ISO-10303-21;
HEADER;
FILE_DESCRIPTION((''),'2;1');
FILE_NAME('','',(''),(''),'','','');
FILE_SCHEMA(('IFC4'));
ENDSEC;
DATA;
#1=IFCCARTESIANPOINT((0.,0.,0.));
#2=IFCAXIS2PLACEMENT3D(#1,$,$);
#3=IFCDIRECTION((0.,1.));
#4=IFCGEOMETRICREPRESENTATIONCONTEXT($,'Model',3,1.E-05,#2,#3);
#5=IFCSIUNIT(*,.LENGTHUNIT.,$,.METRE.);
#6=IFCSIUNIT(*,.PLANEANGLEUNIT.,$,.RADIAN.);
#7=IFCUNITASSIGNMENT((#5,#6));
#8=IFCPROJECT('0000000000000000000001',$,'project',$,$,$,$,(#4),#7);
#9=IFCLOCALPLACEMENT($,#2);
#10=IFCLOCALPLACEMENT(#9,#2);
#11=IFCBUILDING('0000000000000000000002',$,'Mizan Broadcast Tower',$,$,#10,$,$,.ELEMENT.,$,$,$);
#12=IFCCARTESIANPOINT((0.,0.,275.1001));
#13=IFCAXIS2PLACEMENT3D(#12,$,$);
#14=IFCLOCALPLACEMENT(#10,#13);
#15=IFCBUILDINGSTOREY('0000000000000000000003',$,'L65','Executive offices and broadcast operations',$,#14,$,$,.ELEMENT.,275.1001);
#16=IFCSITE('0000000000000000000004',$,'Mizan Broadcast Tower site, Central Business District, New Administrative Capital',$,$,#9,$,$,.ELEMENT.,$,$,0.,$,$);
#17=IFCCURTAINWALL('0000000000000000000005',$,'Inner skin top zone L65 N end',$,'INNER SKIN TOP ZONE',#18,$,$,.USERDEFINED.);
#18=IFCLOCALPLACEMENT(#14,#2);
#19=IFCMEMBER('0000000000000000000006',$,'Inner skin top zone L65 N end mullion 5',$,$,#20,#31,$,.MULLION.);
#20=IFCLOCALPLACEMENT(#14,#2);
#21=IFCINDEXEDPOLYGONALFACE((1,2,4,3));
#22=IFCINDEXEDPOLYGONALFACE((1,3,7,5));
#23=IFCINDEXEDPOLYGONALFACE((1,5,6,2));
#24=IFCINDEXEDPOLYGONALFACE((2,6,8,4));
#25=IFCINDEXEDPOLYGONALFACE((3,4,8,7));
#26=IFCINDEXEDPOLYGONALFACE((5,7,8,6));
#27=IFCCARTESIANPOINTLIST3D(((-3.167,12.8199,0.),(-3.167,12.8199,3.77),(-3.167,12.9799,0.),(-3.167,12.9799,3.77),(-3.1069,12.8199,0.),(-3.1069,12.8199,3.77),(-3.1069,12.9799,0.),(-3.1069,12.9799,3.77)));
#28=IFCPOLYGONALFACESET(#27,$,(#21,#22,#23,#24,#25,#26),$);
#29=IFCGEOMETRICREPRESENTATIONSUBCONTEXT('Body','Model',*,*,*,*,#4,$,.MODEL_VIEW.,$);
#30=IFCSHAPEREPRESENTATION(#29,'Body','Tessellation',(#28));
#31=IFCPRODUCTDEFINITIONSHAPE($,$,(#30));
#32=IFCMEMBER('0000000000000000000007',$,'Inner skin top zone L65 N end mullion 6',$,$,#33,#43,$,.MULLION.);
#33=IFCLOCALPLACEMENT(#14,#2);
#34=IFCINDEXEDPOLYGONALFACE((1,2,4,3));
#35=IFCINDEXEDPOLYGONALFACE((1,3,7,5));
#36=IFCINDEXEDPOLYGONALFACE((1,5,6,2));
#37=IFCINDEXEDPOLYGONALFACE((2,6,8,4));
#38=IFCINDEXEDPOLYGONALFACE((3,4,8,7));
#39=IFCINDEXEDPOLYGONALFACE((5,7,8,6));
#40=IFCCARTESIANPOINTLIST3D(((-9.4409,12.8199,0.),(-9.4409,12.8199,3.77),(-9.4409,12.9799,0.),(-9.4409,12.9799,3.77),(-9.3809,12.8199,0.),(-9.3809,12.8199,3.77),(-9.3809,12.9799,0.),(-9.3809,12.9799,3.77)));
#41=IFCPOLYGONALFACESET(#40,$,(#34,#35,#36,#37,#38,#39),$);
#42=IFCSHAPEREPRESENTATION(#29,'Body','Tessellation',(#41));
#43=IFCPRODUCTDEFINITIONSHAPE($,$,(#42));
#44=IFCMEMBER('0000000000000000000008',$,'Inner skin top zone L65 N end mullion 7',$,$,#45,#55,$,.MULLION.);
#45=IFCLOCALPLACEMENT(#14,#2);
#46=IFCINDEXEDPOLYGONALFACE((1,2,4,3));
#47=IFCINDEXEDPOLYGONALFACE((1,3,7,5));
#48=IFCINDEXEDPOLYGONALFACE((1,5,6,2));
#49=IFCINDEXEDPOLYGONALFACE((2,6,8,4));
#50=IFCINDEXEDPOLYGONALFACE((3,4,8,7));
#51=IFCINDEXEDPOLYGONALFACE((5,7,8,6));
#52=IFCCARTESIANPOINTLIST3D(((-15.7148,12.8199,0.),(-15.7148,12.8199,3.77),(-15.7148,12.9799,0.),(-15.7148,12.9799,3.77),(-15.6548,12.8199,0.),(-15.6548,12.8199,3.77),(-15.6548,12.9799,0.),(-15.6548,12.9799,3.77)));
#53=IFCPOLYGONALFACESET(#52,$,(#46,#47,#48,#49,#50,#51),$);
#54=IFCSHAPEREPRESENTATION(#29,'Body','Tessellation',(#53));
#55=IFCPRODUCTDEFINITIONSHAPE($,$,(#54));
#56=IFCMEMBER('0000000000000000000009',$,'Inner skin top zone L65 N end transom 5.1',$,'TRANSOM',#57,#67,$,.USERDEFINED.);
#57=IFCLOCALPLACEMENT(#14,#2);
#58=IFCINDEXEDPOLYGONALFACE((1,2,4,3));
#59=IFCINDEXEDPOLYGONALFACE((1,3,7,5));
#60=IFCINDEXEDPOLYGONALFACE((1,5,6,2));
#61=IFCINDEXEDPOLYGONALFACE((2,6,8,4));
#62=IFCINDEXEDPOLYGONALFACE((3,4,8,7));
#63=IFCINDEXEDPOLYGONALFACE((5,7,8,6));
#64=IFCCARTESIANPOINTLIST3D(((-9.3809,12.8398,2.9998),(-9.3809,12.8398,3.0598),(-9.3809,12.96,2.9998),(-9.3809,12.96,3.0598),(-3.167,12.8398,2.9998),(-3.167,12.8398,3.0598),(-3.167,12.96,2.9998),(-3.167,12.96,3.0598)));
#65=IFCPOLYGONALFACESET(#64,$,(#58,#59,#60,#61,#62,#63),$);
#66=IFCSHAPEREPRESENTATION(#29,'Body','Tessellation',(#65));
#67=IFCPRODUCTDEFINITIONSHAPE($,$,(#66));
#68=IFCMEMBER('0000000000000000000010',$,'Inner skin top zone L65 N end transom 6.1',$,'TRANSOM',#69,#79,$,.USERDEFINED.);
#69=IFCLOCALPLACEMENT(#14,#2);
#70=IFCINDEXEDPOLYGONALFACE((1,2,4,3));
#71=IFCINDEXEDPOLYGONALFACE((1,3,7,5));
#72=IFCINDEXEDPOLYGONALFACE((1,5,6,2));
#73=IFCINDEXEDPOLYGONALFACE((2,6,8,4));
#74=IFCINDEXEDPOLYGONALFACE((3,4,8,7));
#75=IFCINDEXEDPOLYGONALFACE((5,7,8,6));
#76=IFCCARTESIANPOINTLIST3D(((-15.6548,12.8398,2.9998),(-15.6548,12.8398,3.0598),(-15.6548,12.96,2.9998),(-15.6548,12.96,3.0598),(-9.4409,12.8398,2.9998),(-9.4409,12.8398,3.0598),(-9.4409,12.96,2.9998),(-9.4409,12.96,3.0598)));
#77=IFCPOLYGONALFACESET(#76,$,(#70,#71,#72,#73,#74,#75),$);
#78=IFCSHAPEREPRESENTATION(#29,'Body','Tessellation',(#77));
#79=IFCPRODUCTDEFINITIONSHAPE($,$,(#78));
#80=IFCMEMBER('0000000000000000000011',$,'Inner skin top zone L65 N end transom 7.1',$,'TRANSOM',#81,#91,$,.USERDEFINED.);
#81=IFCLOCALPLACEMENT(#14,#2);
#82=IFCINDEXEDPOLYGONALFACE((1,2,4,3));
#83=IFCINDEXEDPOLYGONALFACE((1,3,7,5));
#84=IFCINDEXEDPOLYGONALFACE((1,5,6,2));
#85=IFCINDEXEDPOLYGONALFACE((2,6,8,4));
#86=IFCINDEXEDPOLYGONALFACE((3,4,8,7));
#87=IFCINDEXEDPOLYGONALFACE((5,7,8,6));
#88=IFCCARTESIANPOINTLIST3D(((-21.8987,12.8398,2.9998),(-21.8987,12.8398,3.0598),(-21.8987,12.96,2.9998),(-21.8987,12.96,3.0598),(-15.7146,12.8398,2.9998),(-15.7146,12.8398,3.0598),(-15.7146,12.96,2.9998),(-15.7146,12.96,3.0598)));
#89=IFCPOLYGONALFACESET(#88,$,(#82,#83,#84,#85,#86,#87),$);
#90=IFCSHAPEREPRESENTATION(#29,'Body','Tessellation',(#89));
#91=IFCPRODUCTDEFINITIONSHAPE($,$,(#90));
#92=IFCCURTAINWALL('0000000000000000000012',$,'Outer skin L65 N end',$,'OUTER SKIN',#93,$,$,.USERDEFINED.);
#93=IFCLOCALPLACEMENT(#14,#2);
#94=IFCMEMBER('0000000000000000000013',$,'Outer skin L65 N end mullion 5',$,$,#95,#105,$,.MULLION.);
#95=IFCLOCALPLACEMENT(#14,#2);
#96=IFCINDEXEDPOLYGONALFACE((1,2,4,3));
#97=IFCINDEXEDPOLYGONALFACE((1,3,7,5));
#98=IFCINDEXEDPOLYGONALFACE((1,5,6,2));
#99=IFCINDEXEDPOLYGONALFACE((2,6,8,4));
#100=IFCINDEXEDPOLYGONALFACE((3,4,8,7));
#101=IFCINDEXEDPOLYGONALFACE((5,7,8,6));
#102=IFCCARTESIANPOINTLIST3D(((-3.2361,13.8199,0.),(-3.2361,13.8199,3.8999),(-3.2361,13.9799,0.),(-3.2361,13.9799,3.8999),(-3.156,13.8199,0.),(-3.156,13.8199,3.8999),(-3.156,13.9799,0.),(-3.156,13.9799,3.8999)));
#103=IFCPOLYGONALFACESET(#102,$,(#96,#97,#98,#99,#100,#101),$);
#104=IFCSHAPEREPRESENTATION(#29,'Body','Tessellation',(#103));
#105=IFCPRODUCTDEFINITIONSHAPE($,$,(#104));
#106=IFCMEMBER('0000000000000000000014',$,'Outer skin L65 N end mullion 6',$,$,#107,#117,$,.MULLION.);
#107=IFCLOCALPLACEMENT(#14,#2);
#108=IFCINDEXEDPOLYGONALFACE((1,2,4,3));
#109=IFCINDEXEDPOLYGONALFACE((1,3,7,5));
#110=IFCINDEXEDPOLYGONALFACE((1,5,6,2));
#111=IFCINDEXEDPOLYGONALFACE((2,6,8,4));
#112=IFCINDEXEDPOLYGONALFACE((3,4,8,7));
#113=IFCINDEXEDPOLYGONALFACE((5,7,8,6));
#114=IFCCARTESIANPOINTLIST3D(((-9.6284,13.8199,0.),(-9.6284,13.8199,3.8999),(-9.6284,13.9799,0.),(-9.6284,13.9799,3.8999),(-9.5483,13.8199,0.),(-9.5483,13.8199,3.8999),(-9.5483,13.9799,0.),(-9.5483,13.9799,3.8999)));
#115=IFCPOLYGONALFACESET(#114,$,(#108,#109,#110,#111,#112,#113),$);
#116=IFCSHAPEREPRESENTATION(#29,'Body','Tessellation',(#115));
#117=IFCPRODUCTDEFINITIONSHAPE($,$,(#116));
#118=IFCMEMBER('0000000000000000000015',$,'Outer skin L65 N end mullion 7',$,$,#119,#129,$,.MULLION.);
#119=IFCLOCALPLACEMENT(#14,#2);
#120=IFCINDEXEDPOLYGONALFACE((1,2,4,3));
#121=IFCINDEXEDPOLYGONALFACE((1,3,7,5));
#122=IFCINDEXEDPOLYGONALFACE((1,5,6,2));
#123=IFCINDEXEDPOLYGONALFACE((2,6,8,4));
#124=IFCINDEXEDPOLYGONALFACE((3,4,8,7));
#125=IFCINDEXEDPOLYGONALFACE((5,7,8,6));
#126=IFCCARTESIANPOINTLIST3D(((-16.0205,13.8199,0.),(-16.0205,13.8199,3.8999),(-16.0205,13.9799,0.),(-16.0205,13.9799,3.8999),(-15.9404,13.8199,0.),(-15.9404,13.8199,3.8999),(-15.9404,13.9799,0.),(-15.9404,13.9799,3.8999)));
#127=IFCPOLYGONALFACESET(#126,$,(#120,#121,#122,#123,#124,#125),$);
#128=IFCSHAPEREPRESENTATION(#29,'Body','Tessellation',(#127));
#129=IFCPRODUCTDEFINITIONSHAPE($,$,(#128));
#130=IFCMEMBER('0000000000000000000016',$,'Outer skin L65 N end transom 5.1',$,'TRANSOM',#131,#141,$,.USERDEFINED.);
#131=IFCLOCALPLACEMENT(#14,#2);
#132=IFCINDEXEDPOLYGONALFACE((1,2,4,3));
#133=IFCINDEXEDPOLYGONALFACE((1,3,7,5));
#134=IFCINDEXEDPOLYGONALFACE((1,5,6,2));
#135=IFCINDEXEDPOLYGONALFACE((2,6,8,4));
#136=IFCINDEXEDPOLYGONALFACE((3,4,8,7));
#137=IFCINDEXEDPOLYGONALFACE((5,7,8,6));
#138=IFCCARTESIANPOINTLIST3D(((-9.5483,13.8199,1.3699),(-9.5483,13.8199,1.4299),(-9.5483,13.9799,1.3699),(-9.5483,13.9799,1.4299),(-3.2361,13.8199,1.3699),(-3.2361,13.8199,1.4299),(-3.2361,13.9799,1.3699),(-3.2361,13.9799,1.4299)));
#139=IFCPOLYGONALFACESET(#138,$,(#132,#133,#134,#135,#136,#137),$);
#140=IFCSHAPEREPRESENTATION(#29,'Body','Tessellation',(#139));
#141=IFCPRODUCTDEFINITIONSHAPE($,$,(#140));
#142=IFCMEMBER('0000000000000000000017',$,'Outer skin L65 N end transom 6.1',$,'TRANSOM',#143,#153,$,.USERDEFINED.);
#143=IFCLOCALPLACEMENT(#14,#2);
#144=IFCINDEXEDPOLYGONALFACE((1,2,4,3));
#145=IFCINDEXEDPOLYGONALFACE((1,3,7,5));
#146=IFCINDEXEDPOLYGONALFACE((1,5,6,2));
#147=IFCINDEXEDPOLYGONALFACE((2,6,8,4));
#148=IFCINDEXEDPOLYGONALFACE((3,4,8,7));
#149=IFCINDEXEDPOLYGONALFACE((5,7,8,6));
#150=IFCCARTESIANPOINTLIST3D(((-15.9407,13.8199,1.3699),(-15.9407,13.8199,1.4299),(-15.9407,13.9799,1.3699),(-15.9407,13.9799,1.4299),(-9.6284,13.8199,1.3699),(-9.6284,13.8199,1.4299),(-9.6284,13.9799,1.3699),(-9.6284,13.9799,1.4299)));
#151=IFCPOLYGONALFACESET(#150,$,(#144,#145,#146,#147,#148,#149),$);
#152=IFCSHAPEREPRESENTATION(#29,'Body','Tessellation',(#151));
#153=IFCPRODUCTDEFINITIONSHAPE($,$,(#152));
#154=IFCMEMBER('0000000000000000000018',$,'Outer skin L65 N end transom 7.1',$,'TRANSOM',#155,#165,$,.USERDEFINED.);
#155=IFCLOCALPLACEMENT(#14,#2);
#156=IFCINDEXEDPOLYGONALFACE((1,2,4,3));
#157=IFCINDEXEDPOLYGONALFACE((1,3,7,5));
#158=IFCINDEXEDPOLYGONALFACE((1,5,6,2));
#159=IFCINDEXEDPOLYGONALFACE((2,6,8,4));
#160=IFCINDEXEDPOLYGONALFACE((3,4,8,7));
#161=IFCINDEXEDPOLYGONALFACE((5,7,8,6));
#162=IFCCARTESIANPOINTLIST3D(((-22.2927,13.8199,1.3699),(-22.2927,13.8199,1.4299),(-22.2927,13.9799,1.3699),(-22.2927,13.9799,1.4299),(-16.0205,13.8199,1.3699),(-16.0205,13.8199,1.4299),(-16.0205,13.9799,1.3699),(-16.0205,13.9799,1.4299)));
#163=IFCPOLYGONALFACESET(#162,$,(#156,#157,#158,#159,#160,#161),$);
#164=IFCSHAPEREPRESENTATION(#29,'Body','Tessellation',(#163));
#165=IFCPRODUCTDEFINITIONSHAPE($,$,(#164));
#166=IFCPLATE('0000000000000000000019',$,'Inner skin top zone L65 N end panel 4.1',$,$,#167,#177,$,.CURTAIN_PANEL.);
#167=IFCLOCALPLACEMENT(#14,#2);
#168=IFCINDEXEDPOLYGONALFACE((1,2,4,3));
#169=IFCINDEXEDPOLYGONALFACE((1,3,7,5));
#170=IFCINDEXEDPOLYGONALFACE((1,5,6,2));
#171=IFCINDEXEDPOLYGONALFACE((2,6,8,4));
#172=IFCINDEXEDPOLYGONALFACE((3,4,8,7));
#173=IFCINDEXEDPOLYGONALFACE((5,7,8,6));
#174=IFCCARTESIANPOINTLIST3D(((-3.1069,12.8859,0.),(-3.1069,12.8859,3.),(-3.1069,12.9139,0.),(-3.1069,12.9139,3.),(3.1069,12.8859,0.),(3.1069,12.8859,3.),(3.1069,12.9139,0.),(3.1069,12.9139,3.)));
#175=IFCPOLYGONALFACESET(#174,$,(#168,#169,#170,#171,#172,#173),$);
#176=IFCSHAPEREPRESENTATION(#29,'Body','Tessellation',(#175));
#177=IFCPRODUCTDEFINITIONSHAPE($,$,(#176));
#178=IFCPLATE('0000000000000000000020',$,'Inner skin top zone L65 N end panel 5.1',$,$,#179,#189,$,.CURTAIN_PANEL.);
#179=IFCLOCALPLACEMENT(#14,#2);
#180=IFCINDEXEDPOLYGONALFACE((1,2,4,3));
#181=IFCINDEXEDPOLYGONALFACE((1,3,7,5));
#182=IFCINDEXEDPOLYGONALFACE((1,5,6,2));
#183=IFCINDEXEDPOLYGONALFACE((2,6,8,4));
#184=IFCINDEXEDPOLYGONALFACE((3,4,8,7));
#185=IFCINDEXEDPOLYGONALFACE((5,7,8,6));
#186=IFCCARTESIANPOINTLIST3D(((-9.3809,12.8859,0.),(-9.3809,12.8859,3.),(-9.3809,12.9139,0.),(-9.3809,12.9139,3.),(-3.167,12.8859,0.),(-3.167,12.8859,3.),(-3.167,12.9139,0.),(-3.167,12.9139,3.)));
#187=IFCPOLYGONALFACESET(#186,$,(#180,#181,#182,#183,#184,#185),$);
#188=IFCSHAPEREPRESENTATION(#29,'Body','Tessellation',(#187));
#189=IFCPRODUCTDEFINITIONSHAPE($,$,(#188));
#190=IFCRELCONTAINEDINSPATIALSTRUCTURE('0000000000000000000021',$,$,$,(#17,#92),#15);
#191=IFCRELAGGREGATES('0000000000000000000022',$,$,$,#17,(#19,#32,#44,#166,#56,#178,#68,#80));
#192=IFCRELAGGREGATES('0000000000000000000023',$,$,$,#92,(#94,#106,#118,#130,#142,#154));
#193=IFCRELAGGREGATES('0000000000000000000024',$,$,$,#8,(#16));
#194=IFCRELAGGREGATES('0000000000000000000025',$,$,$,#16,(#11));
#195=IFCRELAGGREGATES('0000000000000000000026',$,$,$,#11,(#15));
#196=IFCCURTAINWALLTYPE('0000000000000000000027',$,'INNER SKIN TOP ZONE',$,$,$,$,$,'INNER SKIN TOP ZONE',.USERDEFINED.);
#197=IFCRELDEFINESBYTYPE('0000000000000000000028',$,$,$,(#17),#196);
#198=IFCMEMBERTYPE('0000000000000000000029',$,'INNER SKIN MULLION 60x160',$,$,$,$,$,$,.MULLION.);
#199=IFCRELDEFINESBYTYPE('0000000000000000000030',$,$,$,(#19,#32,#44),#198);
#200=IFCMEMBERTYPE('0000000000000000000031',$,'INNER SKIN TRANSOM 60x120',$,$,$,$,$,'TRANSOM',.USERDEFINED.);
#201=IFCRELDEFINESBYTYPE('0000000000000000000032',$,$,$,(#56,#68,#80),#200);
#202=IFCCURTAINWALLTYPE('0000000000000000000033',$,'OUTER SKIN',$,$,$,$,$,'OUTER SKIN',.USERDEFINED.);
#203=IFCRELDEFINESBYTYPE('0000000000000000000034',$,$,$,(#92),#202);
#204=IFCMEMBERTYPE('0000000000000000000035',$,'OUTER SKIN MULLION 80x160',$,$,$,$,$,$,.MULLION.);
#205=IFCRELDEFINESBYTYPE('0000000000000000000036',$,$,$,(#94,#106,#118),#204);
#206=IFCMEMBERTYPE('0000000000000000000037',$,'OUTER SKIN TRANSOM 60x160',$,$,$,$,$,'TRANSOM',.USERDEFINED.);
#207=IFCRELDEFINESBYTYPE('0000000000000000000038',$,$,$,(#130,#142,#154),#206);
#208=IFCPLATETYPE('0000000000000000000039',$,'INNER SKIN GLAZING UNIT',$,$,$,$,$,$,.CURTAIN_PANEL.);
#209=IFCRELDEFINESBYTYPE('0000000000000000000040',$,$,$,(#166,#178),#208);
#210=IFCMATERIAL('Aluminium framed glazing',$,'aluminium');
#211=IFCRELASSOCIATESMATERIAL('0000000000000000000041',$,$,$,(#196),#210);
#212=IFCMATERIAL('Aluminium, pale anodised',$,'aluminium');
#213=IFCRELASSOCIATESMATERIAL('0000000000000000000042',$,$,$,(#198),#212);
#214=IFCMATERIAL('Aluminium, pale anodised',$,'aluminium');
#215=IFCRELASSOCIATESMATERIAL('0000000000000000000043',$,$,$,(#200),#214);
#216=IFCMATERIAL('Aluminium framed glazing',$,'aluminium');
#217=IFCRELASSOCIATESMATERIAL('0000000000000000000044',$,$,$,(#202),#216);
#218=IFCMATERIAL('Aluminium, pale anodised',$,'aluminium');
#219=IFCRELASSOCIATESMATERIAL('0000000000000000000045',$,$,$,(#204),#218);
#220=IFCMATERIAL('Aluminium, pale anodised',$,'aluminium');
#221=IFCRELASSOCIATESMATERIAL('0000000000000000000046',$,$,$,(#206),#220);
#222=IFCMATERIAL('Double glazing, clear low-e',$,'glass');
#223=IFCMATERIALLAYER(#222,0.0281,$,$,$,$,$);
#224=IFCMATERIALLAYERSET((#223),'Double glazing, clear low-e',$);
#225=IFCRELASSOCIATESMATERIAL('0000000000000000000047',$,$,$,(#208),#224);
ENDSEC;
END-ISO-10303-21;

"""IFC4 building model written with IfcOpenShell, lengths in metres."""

from ifc_helpers import new_model, si_unit, direction, frame, origin, origin_2d, place, context, subcontext, project, spatial, rectangle, extrude, material, layer, layer_set, material_profile, profile_set, type_object, element, aggregate, save


model = new_model("IFC4")

# Units and contexts
model_context = context("Model", 3, precision=1e-05, world=origin(), true_north=direction((0.0, 1.0)))
body_context = subcontext(model_context, "Body", "Model", "MODEL_VIEW")
ifc_project = project(units=[si_unit("LENGTHUNIT", "METRE"), si_unit("PLANEANGLEUNIT", "RADIAN")], contexts=[model_context])

# Site, building, storey
site_placement = place(None, origin())
site = spatial("IfcSite", under=ifc_project, at=site_placement, Name="Mizan Broadcast Tower site, Central Business District, New Administrative Capital", CompositionType="ELEMENT", RefElevation=0.0)
building_placement = place(site_placement, origin())
building = spatial("IfcBuilding", under=site, at=building_placement, Name="Mizan Broadcast Tower", CompositionType="ELEMENT")
storey_placement = place(building_placement, frame((0.0, 0.0, 275.1001)))
storey = spatial("IfcBuildingStorey", under=building, at=storey_placement, Name="L65", Description="Executive offices and broadcast operations", CompositionType="ELEMENT", Elevation=275.1001)

# Curtain walls, members
ifc_material_1 = material(Name="Aluminium framed glazing", Category="aluminium")
curtain_wall_type_1 = type_object("IfcCurtainWallType", Name="INNER SKIN TOP ZONE", ElementType="INNER SKIN TOP ZONE", PredefinedType="USERDEFINED", material=ifc_material_1)
curtain_wall_1_placement = place(storey_placement, origin())
curtain_wall_1 = element("IfcCurtainWall", 1, at=curtain_wall_1_placement, inside=storey, type_object=curtain_wall_type_1, Name="Inner skin top zone L65 N end", ObjectType="INNER SKIN TOP ZONE", PredefinedType="USERDEFINED")
ifc_material_2 = material(Name="Aluminium, pale anodised", Category="aluminium")
ifc_material_profile_1 = material_profile(ifc_material_2, rectangle(XDim=0.1599, YDim=0.0601, at=origin_2d()), Name="MULLION 160x60")
ifc_profile_set_1 = profile_set([ifc_material_profile_1], Name="Aluminium, pale anodised")
member_type_1 = type_object("IfcMemberType", Name="INNER SKIN MULLION 60x160", PredefinedType="MULLION", material=ifc_profile_set_1)
member_1_placement = place(storey_placement, frame((-3.137, 12.8999, 0.0), z_axis=(0.0, 0.0, 1.0), x_axis=(0.0, -1.0, 0.0)))
member_1 = element("IfcMember", 2, at=member_1_placement, type_object=member_type_1, Name="Inner skin top zone L65 N end mullion 5", PredefinedType="MULLION", context=body_context, shape_type="SweptSolid", body=[
    extrude(rectangle(XDim=0.1599, YDim=0.0601, at=origin_2d()), origin(), (0.0, 0.0, 1.0), 3.77),
])
member_2_placement = place(storey_placement, frame((-9.4109, 12.8999, 0.0), z_axis=(0.0, 0.0, 1.0), x_axis=(0.0, -1.0, 0.0)))
member_2 = element("IfcMember", 3, at=member_2_placement, type_object=member_type_1, Name="Inner skin top zone L65 N end mullion 6", PredefinedType="MULLION", context=body_context, shape_type="SweptSolid", body=[
    extrude(rectangle(XDim=0.1599, YDim=0.0601, at=origin_2d()), origin(), (0.0, 0.0, 1.0), 3.77),
])
member_3_placement = place(storey_placement, frame((-15.6848, 12.8999, 0.0), z_axis=(0.0, 0.0, 1.0), x_axis=(0.0, -1.0, 0.0)))
member_3 = element("IfcMember", 4, at=member_3_placement, type_object=member_type_1, Name="Inner skin top zone L65 N end mullion 7", PredefinedType="MULLION", context=body_context, shape_type="SweptSolid", body=[
    extrude(rectangle(XDim=0.1599, YDim=0.0601, at=origin_2d()), origin(), (0.0, 0.0, 1.0), 3.77),
])
ifc_material_3 = material(Name="Aluminium, pale anodised", Category="aluminium")
ifc_material_profile_2 = material_profile(ifc_material_3, rectangle(XDim=0.1201, YDim=0.0601, at=origin_2d()), Name="TRANSOM 120x60")
ifc_profile_set_2 = profile_set([ifc_material_profile_2], Name="Aluminium, pale anodised")
member_type_2 = type_object("IfcMemberType", Name="INNER SKIN TRANSOM 60x120", ElementType="TRANSOM", PredefinedType="USERDEFINED", material=ifc_profile_set_2)
member_4_placement = place(storey_placement, frame((-3.167, 12.8999, 3.0298), z_axis=(-1.0, 0.0, 0.0), x_axis=(0.0, -1.0, 0.0)))
member_4 = element("IfcMember", 5, at=member_4_placement, type_object=member_type_2, Name="Inner skin top zone L65 N end transom 5.1", ObjectType="TRANSOM", PredefinedType="USERDEFINED", context=body_context, shape_type="SweptSolid", body=[
    extrude(rectangle(XDim=0.1201, YDim=0.0601, at=origin_2d()), origin(), (0.0, 0.0, 1.0), 6.2139),
])
member_5_placement = place(storey_placement, frame((-9.4409, 12.8999, 3.0298), z_axis=(-1.0, 0.0, 0.0), x_axis=(0.0, -1.0, 0.0)))
member_5 = element("IfcMember", 6, at=member_5_placement, type_object=member_type_2, Name="Inner skin top zone L65 N end transom 6.1", ObjectType="TRANSOM", PredefinedType="USERDEFINED", context=body_context, shape_type="SweptSolid", body=[
    extrude(rectangle(XDim=0.1201, YDim=0.0601, at=origin_2d()), origin(), (0.0, 0.0, 1.0), 6.2139),
])
member_6_placement = place(storey_placement, frame((-15.7146, 12.8999, 3.0298), z_axis=(-1.0, 0.0, 0.0), x_axis=(0.0, -1.0, 0.0)))
member_6 = element("IfcMember", 7, at=member_6_placement, type_object=member_type_2, Name="Inner skin top zone L65 N end transom 7.1", ObjectType="TRANSOM", PredefinedType="USERDEFINED", context=body_context, shape_type="SweptSolid", body=[
    extrude(rectangle(XDim=0.1201, YDim=0.0601, at=origin_2d()), origin(), (0.0, 0.0, 1.0), 6.1841),
])
ifc_material_4 = material(Name="Aluminium framed glazing", Category="aluminium")
curtain_wall_type_2 = type_object("IfcCurtainWallType", Name="OUTER SKIN", ElementType="OUTER SKIN", PredefinedType="USERDEFINED", material=ifc_material_4)
curtain_wall_2_placement = place(storey_placement, origin())
curtain_wall_2 = element("IfcCurtainWall", 8, at=curtain_wall_2_placement, inside=storey, type_object=curtain_wall_type_2, Name="Outer skin L65 N end", ObjectType="OUTER SKIN", PredefinedType="USERDEFINED")
ifc_material_5 = material(Name="Aluminium, pale anodised", Category="aluminium")
ifc_material_profile_3 = material_profile(ifc_material_5, rectangle(XDim=0.1599, YDim=0.0801, at=origin_2d()), Name="MULLION 160x80")
ifc_profile_set_3 = profile_set([ifc_material_profile_3], Name="Aluminium, pale anodised")
member_type_3 = type_object("IfcMemberType", Name="OUTER SKIN MULLION 80x160", PredefinedType="MULLION", material=ifc_profile_set_3)
member_7_placement = place(storey_placement, frame((-3.196, 13.8999, 0.0), z_axis=(0.0, 0.0, 1.0), x_axis=(0.0, -1.0, 0.0)))
member_7 = element("IfcMember", 9, at=member_7_placement, type_object=member_type_3, Name="Outer skin L65 N end mullion 5", PredefinedType="MULLION", context=body_context, shape_type="SweptSolid", body=[
    extrude(rectangle(XDim=0.1599, YDim=0.0801, at=origin_2d()), origin(), (0.0, 0.0, 1.0), 3.8999),
])
member_8_placement = place(storey_placement, frame((-9.5884, 13.8999, 0.0), z_axis=(0.0, 0.0, 1.0), x_axis=(0.0, -1.0, 0.0)))
member_8 = element("IfcMember", 10, at=member_8_placement, type_object=member_type_3, Name="Outer skin L65 N end mullion 6", PredefinedType="MULLION", context=body_context, shape_type="SweptSolid", body=[
    extrude(rectangle(XDim=0.1599, YDim=0.0801, at=origin_2d()), origin(), (0.0, 0.0, 1.0), 3.8999),
])
member_9_placement = place(storey_placement, frame((-15.9805, 13.8999, 0.0), z_axis=(0.0, 0.0, 1.0), x_axis=(0.0, -1.0, 0.0)))
member_9 = element("IfcMember", 11, at=member_9_placement, type_object=member_type_3, Name="Outer skin L65 N end mullion 7", PredefinedType="MULLION", context=body_context, shape_type="SweptSolid", body=[
    extrude(rectangle(XDim=0.1599, YDim=0.0801, at=origin_2d()), origin(), (0.0, 0.0, 1.0), 3.8999),
])
ifc_material_6 = material(Name="Aluminium, pale anodised", Category="aluminium")
ifc_material_profile_4 = material_profile(ifc_material_6, rectangle(XDim=0.1599, YDim=0.0601, at=origin_2d()), Name="TRANSOM 160x60")
ifc_profile_set_4 = profile_set([ifc_material_profile_4], Name="Aluminium, pale anodised")
member_type_4 = type_object("IfcMemberType", Name="OUTER SKIN TRANSOM 60x160", ElementType="TRANSOM", PredefinedType="USERDEFINED", material=ifc_profile_set_4)
member_10_placement = place(storey_placement, frame((-3.2361, 13.8999, 1.3999), z_axis=(-1.0, 0.0, 0.0), x_axis=(0.0, -1.0, 0.0)))
member_10 = element("IfcMember", 12, at=member_10_placement, type_object=member_type_4, Name="Outer skin L65 N end transom 5.1", ObjectType="TRANSOM", PredefinedType="USERDEFINED", context=body_context, shape_type="SweptSolid", body=[
    extrude(rectangle(XDim=0.1599, YDim=0.0601, at=origin_2d()), origin(), (0.0, 0.0, 1.0), 6.3123),
])
member_11_placement = place(storey_placement, frame((-9.6284, 13.8999, 1.3999), z_axis=(-1.0, 0.0, 0.0), x_axis=(0.0, -1.0, 0.0)))
member_11 = element("IfcMember", 13, at=member_11_placement, type_object=member_type_4, Name="Outer skin L65 N end transom 6.1", ObjectType="TRANSOM", PredefinedType="USERDEFINED", context=body_context, shape_type="SweptSolid", body=[
    extrude(rectangle(XDim=0.1599, YDim=0.0601, at=origin_2d()), origin(), (0.0, 0.0, 1.0), 6.3123),
])
member_12_placement = place(storey_placement, frame((-16.0205, 13.8999, 1.3999), z_axis=(-1.0, 0.0, 0.0), x_axis=(0.0, -1.0, 0.0)))
member_12 = element("IfcMember", 14, at=member_12_placement, type_object=member_type_4, Name="Outer skin L65 N end transom 7.1", ObjectType="TRANSOM", PredefinedType="USERDEFINED", context=body_context, shape_type="SweptSolid", body=[
    extrude(rectangle(XDim=0.1599, YDim=0.0601, at=origin_2d()), origin(), (0.0, 0.0, 1.0), 6.2722),
])

# Plates
ifc_material_7 = material(Name="Double glazing, clear low-e", Category="glass")
ifc_layer_1 = layer(ifc_material_7, 0.0281)
ifc_layer_set_1 = layer_set([ifc_layer_1], Name="Double glazing, clear low-e")
plate_type_1 = type_object("IfcPlateType", Name="INNER SKIN GLAZING UNIT", PredefinedType="CURTAIN_PANEL", material=ifc_layer_set_1)
plate_1_placement = place(storey_placement, frame((0.0, 12.8999, 0.0), z_axis=(0.0, 0.0, 1.0), x_axis=(-1.0, 0.0, 0.0)))
plate_1 = element("IfcPlate", 15, at=plate_1_placement, type_object=plate_type_1, Name="Inner skin top zone L65 N end panel 4.1", PredefinedType="CURTAIN_PANEL", context=body_context, shape_type="SweptSolid", body=[
    extrude(rectangle(XDim=6.2139, YDim=0.0281, at=origin_2d()), origin(), (0.0, 0.0, 1.0), 3.0),
])
plate_2_placement = place(storey_placement, frame((-6.2739, 12.8999, 0.0), z_axis=(0.0, 0.0, 1.0), x_axis=(-1.0, 0.0, 0.0)))
plate_2 = element("IfcPlate", 16, at=plate_2_placement, type_object=plate_type_1, Name="Inner skin top zone L65 N end panel 5.1", PredefinedType="CURTAIN_PANEL", context=body_context, shape_type="SweptSolid", body=[
    extrude(rectangle(XDim=6.2139, YDim=0.0281, at=origin_2d()), origin(), (0.0, 0.0, 1.0), 3.0),
])
aggregate(curtain_wall_1, [member_1, member_2, member_3, plate_1, member_4, plate_2, member_5, member_6])
aggregate(curtain_wall_2, [member_7, member_8, member_9, member_10, member_11, member_12])

save(model, "model.ifc")
